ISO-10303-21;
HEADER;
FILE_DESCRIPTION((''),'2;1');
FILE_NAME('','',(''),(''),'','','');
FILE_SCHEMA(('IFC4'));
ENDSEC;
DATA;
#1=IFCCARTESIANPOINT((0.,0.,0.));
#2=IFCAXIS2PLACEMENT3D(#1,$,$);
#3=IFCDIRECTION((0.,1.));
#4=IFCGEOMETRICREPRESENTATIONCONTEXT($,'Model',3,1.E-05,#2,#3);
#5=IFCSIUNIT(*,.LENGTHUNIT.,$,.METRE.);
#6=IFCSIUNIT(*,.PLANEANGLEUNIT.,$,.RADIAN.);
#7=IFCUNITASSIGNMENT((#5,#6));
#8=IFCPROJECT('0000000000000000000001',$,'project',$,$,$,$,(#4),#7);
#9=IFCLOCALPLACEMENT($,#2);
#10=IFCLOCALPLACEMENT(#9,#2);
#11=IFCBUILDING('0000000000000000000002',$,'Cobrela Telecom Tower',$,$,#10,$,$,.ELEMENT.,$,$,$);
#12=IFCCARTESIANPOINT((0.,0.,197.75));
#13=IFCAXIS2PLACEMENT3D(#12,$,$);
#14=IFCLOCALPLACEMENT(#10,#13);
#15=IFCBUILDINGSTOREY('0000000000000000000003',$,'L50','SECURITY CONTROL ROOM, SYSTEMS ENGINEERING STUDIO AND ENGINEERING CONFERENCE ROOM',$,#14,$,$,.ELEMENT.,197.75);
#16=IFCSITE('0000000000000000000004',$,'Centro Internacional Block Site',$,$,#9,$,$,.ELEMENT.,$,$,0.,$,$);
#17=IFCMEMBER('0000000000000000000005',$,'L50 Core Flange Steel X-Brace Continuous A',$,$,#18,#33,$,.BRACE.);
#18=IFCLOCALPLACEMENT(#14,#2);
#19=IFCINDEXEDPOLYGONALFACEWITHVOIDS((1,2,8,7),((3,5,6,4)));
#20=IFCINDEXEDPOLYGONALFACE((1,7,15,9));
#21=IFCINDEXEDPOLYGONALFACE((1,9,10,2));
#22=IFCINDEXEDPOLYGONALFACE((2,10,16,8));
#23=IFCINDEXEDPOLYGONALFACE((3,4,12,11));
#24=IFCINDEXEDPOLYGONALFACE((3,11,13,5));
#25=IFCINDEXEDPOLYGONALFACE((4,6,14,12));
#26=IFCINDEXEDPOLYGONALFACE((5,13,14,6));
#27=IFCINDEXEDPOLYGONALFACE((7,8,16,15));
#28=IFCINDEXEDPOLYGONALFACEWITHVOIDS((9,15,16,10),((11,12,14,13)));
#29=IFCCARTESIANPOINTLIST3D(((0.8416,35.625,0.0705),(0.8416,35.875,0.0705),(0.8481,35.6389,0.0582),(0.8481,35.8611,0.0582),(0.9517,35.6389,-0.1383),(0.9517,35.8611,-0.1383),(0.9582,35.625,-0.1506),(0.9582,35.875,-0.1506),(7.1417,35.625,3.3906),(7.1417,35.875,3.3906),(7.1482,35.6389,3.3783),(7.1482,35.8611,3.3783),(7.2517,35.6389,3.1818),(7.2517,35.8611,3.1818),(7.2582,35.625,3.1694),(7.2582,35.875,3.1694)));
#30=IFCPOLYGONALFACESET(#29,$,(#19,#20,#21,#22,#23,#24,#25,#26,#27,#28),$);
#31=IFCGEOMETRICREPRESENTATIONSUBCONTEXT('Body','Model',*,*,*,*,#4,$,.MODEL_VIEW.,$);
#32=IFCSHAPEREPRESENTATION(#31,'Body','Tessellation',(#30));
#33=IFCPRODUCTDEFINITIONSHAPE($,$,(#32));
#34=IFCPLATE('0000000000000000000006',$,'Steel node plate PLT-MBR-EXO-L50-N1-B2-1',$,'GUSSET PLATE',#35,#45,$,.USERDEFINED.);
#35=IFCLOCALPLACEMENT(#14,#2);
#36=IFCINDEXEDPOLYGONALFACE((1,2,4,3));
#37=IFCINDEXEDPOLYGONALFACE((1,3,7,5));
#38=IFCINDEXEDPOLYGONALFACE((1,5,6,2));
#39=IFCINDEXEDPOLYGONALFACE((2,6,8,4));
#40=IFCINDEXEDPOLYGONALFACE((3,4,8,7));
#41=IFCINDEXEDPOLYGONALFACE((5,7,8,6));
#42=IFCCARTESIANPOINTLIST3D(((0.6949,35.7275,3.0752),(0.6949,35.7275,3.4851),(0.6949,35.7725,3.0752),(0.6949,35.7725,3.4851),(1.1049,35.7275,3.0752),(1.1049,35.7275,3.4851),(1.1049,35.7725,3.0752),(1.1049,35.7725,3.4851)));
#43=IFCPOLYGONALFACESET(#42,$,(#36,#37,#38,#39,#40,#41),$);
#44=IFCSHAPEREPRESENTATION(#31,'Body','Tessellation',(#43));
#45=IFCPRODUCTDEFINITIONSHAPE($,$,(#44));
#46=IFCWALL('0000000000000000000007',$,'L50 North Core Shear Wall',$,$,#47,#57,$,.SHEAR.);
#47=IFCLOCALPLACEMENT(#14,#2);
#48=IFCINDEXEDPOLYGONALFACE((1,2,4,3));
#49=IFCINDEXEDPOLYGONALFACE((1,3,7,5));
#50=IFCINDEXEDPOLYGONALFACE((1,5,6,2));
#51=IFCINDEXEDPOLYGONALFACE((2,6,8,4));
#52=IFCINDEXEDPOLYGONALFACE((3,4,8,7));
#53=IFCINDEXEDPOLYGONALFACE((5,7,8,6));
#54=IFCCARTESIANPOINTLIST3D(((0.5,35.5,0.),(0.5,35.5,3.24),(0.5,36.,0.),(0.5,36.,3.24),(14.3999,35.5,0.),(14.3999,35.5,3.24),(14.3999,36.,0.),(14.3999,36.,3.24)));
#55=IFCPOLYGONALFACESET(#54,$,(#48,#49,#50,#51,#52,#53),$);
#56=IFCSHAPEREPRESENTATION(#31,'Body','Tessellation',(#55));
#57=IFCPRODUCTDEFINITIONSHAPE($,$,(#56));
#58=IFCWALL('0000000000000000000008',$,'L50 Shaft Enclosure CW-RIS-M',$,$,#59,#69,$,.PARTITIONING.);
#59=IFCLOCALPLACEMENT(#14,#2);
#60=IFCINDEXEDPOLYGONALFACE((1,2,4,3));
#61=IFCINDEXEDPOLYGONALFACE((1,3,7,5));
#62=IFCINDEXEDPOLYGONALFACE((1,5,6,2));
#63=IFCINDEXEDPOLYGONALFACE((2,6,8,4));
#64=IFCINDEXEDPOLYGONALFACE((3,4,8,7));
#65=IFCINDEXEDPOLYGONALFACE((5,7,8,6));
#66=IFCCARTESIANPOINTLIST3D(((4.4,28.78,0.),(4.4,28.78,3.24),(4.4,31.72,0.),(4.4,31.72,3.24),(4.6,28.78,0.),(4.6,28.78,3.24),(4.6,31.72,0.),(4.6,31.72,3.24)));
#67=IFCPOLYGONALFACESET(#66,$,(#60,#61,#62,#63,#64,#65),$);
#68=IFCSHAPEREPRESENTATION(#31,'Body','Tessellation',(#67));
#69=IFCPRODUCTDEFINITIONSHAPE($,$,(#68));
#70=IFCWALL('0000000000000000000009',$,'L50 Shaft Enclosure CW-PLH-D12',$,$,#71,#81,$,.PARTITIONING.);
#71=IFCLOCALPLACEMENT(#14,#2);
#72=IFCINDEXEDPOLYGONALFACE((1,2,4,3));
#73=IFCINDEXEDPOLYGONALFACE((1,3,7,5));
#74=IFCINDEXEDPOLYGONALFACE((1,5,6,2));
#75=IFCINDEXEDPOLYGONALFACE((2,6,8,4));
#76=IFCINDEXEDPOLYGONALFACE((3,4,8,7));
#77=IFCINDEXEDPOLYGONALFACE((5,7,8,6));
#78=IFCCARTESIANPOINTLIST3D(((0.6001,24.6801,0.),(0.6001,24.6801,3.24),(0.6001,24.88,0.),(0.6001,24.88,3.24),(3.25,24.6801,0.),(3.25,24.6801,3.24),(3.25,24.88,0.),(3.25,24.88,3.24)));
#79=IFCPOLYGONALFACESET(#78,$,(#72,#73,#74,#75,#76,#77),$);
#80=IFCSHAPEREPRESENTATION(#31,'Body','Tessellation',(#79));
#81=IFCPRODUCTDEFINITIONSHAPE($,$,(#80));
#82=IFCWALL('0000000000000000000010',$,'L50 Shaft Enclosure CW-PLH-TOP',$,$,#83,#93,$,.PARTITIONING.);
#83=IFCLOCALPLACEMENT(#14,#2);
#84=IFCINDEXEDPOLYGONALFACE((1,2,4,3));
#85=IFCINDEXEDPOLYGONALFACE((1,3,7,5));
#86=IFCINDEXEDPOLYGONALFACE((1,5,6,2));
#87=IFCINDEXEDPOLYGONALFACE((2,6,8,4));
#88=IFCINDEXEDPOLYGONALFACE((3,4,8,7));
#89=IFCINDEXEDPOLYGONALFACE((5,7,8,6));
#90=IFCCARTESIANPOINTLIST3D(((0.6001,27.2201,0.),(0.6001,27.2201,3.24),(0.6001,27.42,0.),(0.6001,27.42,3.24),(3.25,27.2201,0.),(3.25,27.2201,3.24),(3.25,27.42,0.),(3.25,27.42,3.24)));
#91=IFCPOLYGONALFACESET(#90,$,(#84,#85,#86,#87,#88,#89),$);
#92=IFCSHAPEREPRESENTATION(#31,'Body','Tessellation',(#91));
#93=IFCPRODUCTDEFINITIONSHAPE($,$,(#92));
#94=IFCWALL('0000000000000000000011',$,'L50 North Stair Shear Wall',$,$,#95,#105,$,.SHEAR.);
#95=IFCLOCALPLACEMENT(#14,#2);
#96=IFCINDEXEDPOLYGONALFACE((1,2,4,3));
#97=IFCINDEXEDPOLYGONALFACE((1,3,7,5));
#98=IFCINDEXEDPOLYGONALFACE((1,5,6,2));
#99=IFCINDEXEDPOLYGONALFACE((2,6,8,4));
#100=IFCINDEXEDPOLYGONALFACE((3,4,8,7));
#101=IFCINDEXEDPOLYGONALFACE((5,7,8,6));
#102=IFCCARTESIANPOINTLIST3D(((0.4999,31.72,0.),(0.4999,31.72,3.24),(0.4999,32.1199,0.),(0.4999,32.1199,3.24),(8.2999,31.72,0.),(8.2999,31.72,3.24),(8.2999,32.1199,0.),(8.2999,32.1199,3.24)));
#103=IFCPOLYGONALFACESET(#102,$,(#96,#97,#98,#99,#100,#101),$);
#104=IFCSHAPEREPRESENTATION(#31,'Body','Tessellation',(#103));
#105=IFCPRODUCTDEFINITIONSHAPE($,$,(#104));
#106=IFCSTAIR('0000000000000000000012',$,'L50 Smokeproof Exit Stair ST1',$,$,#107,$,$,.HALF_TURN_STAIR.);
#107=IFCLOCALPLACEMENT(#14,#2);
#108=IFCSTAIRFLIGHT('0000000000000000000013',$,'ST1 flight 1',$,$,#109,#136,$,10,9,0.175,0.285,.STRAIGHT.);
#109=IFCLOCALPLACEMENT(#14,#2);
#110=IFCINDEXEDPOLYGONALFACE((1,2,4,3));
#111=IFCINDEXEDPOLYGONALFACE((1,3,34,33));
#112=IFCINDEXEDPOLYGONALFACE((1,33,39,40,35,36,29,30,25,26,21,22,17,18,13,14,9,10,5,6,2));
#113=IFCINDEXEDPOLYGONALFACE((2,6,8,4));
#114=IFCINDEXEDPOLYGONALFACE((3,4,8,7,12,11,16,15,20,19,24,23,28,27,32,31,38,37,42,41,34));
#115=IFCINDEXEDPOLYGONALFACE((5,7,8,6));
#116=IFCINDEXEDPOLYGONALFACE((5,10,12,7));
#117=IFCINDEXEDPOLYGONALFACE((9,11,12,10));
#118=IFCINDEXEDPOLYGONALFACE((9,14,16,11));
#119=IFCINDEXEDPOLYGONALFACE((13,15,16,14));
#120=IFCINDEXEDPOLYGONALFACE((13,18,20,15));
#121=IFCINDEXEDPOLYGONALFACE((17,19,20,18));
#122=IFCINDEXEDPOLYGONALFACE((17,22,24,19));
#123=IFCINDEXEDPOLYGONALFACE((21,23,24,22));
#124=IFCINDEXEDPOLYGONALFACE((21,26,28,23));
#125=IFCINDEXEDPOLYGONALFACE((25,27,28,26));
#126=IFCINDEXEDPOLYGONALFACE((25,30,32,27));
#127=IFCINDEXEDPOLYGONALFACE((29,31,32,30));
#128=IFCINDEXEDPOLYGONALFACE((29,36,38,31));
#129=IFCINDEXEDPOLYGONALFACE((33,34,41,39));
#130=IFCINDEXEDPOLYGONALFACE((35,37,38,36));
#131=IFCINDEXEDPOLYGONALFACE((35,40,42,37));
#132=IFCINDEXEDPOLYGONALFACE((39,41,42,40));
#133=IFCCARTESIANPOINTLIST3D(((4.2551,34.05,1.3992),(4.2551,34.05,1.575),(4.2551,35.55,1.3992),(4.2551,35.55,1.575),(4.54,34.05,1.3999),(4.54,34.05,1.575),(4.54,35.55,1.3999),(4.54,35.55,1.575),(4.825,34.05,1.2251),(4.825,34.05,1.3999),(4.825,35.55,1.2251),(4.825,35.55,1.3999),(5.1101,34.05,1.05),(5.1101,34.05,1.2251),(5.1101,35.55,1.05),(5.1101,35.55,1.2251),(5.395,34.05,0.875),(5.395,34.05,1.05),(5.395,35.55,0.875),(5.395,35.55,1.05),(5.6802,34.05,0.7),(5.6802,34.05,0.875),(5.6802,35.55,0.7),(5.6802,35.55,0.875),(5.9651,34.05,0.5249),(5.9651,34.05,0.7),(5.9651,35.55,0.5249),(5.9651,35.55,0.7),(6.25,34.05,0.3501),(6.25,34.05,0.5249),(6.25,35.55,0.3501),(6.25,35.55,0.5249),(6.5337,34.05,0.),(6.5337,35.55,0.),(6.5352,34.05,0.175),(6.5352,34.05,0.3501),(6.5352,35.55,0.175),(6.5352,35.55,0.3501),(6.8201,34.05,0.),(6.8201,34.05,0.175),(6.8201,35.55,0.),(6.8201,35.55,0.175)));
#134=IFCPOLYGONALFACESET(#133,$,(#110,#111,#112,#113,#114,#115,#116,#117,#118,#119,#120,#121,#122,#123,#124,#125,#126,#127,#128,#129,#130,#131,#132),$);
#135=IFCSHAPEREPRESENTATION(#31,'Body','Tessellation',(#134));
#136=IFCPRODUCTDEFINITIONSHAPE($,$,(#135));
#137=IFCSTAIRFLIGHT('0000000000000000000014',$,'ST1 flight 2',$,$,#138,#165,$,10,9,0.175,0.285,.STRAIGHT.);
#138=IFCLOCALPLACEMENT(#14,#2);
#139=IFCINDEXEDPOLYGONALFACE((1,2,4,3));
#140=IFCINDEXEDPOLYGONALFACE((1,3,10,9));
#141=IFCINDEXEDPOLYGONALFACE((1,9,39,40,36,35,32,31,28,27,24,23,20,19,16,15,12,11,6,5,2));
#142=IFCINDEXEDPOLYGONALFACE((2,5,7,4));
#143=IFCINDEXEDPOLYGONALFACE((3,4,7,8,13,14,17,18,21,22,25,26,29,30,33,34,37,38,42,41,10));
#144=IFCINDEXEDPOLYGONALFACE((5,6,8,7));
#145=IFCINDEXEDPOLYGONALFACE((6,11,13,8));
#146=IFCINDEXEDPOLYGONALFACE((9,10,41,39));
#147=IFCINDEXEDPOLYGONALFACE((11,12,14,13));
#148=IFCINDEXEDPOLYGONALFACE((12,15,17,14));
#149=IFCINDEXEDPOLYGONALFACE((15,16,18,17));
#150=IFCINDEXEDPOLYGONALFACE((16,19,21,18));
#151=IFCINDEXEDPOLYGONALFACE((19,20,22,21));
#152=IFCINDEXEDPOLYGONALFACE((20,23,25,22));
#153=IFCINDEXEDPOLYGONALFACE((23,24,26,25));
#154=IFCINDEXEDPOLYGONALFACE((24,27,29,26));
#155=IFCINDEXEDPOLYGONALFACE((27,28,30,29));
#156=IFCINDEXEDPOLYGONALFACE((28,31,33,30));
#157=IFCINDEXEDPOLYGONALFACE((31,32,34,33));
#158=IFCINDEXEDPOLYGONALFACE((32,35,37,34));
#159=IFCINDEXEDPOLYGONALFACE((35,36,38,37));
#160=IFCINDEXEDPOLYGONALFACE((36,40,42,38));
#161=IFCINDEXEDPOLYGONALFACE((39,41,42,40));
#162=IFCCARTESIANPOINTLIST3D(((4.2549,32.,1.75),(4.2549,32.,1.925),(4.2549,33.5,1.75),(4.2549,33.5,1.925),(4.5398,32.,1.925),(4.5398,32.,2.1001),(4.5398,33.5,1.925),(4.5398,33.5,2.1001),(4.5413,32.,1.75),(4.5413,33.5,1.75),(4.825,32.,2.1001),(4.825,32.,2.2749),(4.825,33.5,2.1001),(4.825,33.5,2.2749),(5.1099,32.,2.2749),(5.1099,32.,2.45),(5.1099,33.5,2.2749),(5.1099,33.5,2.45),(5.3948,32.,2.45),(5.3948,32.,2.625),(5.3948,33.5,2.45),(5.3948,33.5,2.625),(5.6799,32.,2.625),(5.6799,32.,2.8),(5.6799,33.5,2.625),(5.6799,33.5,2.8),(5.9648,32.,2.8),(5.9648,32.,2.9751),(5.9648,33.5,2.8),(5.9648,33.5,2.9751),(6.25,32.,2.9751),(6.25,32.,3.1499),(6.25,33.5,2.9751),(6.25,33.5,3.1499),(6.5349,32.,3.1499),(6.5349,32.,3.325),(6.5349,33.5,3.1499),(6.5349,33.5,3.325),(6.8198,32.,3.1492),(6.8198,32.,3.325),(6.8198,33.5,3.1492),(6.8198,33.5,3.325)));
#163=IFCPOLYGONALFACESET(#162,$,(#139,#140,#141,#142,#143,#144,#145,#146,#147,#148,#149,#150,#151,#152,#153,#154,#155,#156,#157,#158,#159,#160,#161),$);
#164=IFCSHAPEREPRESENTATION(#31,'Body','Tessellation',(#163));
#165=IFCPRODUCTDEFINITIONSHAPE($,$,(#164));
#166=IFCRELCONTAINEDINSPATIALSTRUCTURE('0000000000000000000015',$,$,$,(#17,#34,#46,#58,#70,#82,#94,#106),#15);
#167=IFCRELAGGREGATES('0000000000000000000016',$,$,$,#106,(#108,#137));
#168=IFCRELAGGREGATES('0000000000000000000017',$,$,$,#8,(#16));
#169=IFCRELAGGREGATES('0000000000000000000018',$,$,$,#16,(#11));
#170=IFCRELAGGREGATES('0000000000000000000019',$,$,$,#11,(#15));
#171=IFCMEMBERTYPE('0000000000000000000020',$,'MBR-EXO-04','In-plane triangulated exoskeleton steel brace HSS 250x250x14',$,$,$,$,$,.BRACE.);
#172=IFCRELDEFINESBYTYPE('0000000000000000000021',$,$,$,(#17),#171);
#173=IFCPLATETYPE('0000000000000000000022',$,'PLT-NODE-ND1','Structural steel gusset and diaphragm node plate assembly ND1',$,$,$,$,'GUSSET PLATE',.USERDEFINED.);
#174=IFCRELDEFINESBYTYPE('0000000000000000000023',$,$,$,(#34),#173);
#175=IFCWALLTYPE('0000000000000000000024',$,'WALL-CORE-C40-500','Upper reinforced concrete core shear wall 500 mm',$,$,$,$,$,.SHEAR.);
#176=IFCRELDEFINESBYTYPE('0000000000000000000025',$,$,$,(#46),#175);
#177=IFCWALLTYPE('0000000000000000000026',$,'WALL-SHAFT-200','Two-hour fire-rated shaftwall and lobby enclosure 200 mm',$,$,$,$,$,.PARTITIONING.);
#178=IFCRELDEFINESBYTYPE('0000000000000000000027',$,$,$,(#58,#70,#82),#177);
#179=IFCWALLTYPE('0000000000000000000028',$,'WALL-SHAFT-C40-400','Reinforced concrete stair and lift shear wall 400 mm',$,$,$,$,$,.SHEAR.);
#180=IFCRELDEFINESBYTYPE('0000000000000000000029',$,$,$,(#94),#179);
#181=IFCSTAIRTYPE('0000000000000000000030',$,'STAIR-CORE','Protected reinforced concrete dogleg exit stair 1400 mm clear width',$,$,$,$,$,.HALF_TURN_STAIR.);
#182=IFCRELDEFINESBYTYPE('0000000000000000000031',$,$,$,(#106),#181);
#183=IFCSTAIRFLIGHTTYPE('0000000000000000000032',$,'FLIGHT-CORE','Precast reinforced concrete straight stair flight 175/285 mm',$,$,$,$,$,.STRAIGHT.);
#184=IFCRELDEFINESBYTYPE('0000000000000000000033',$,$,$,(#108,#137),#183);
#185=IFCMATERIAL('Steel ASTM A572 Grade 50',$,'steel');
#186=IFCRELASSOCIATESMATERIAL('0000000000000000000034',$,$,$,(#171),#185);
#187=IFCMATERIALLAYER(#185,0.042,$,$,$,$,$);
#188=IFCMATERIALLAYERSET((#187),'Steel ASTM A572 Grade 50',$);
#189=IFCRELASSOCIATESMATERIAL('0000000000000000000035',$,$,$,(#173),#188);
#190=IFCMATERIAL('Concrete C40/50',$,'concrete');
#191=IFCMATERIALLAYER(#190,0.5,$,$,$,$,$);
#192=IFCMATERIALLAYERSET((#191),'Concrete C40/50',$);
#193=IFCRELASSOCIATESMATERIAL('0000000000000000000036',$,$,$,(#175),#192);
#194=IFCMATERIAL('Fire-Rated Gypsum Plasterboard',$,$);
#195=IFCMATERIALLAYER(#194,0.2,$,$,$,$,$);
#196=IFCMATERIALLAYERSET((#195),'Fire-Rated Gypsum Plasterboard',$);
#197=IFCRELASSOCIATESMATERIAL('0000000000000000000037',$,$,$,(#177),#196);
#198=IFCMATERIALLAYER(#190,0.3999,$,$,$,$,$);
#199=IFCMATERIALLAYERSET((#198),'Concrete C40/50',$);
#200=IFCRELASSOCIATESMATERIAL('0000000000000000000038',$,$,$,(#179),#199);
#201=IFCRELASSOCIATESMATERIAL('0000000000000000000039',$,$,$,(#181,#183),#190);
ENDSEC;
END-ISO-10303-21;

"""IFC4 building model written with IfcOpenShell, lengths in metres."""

from ifc_helpers import new_model, si_unit, direction, frame, frame_2d, origin, origin_2d, place, context, subcontext, project, spatial, polyline, rectangle, hollow_rectangle, outline, extrude, material, layer, layer_set, material_profile, profile_set, type_object, element, aggregate, save


model = new_model("IFC4")

# Units and contexts
model_context = context("Model", 3, precision=1e-05, world=origin(), true_north=direction((0.0, 1.0)))
body_context = subcontext(model_context, "Body", "Model", "MODEL_VIEW")
ifc_project = project(units=[si_unit("LENGTHUNIT", "METRE"), si_unit("PLANEANGLEUNIT", "RADIAN")], contexts=[model_context])

# Site, building, storey
site_placement = place(None, origin())
site = spatial("IfcSite", under=ifc_project, at=site_placement, Name="Centro Internacional Block Site", CompositionType="ELEMENT", RefElevation=0.0)
building_placement = place(site_placement, origin())
building = spatial("IfcBuilding", under=site, at=building_placement, Name="Cobrela Telecom Tower", CompositionType="ELEMENT")
storey_placement = place(building_placement, frame((0.0, 0.0, 197.75)))
storey = spatial("IfcBuildingStorey", under=building, at=storey_placement, Name="L50", Description="SECURITY CONTROL ROOM, SYSTEMS ENGINEERING STUDIO AND ENGINEERING CONFERENCE ROOM", CompositionType="ELEMENT", Elevation=197.75)

# Member
ifc_material_1 = material(Name="Steel ASTM A572 Grade 50", Category="steel")
ifc_material_profile = material_profile(ifc_material_1, hollow_rectangle(XDim=0.25, YDim=0.25, WallThickness=0.0139, at=origin_2d()), Name="HSS 250x250x14")
ifc_profile_set = profile_set([ifc_material_profile], Name="Steel ASTM A572 Grade 50")
member_type = type_object("IfcMemberType", Name="MBR-EXO-04", Description="In-plane triangulated exoskeleton steel brace HSS 250x250x14", PredefinedType="BRACE", material=ifc_profile_set)
member_placement = place(storey_placement, frame((0.8999, 35.75, -0.04), z_axis=(0.884672, 0.0, 0.466214), x_axis=(0.0, 1.0, 0.0)))
element("IfcMember", 1, at=member_placement, inside=storey, type_object=member_type, Name="L50 Core Flange Steel X-Brace Continuous A", PredefinedType="BRACE", context=body_context, shape_type="SweptSolid", body=[
    extrude(hollow_rectangle(XDim=0.25, YDim=0.25, WallThickness=0.0139, at=origin_2d()), origin(), (0.0, 0.0, 1.0), 7.1213),
])

# Plate
ifc_layer_1 = layer(ifc_material_1, 0.042)
ifc_layer_set_1 = layer_set([ifc_layer_1], Name="Steel ASTM A572 Grade 50")
plate_type = type_object("IfcPlateType", Name="PLT-NODE-ND1", Description="Structural steel gusset and diaphragm node plate assembly ND1", ElementType="GUSSET PLATE", PredefinedType="USERDEFINED", material=ifc_layer_set_1)
plate_placement = place(storey_placement, frame((0.8999, 35.75, 3.0752), z_axis=(0.0, 0.0, 1.0), x_axis=(-1.0, 0.0, 0.0)))
element("IfcPlate", 2, at=plate_placement, inside=storey, type_object=plate_type, Name="Steel node plate PLT-MBR-EXO-L50-N1-B2-1", ObjectType="GUSSET PLATE", PredefinedType="USERDEFINED", context=body_context, shape_type="SweptSolid", body=[
    extrude(rectangle(XDim=0.4099, YDim=0.0449, at=origin_2d()), origin(), (0.0, 0.0, 1.0), 0.4099),
])

# Wall
ifc_material_2 = material(Name="Concrete C40/50", Category="concrete")
ifc_layer_2 = layer(ifc_material_2, 0.5)
ifc_layer_set_2 = layer_set([ifc_layer_2], Name="Concrete C40/50")
wall_type_1 = type_object("IfcWallType", Name="WALL-CORE-C40-500", Description="Upper reinforced concrete core shear wall 500 mm", PredefinedType="SHEAR", material=ifc_layer_set_2)
wall_1_placement = place(storey_placement, frame((0.5, 35.75, 0.0), z_axis=(0.0, 0.0, 1.0), x_axis=(1.0, 0.0, 0.0)))
element("IfcWall", 3, at=wall_1_placement, inside=storey, type_object=wall_type_1, Name="L50 North Core Shear Wall", PredefinedType="SHEAR", context=body_context, shape_type="SweptSolid", body=[
    extrude(rectangle(XDim=13.8999, YDim=0.5, at=frame_2d((6.95, 0.0))), origin(), (0.0, 0.0, 1.0), 3.24),
])

# Shared definitions
ifc_material_3 = material(Name="Fire-Rated Gypsum Plasterboard")
ifc_layer_3 = layer(ifc_material_3, 0.2)
ifc_layer_set_3 = layer_set([ifc_layer_3], Name="Fire-Rated Gypsum Plasterboard")
wall_type_2 = type_object("IfcWallType", Name="WALL-SHAFT-200", Description="Two-hour fire-rated shaftwall and lobby enclosure 200 mm", PredefinedType="PARTITIONING", material=ifc_layer_set_3)

# Walls
wall_2_placement = place(storey_placement, frame((4.5, 28.78, 0.0), z_axis=(0.0, 0.0, 1.0), x_axis=(0.0, 1.0, 0.0)))
element("IfcWall", 4, at=wall_2_placement, inside=storey, type_object=wall_type_2, Name="L50 Shaft Enclosure CW-RIS-M", PredefinedType="PARTITIONING", context=body_context, shape_type="SweptSolid", body=[
    extrude(rectangle(XDim=2.9399, YDim=0.2, at=frame_2d((1.47, 0.0))), origin(), (0.0, 0.0, 1.0), 3.24),
])
for number, where, z_axis, x_axis, name in (
    (5, (0.6001, 24.78, 0.0), (0.0, 0.0, 1.0), (1.0, 0.0, 0.0), "L50 Shaft Enclosure CW-PLH-D12"),
    (6, (0.6001, 27.3201, 0.0), (0.0, 0.0, 1.0), (1.0, 0.0, 0.0), "L50 Shaft Enclosure CW-PLH-TOP"),
):
    element("IfcWall", number, at=place(storey_placement, frame(where, z_axis=z_axis, x_axis=x_axis)), inside=storey, type_object=wall_type_2, Name=name, PredefinedType="PARTITIONING", context=body_context, shape_type="SweptSolid", body=[
        extrude(rectangle(XDim=2.6499, YDim=0.2, at=frame_2d((1.325, 0.0))), origin(), (0.0, 0.0, 1.0), 3.24),
    ])
ifc_layer_4 = layer(ifc_material_2, 0.3999)
ifc_layer_set_4 = layer_set([ifc_layer_4], Name="Concrete C40/50")
wall_type_3 = type_object("IfcWallType", Name="WALL-SHAFT-C40-400", Description="Reinforced concrete stair and lift shear wall 400 mm", PredefinedType="SHEAR", material=ifc_layer_set_4)
wall_3_placement = place(storey_placement, frame((0.5, 31.9199, 0.0), z_axis=(0.0, 0.0, 1.0), x_axis=(1.0, 0.0, 0.0)))
element("IfcWall", 7, at=wall_3_placement, inside=storey, type_object=wall_type_3, Name="L50 North Stair Shear Wall", PredefinedType="SHEAR", context=body_context, shape_type="SweptSolid", body=[
    extrude(rectangle(XDim=7.8, YDim=0.3999, at=frame_2d((3.8999, 0.0))), origin(), (0.0, 0.0, 1.0), 3.24),
])

# Stair, stair flights
stair_type = type_object("IfcStairType", Name="STAIR-CORE", Description="Protected reinforced concrete dogleg exit stair 1400 mm clear width", PredefinedType="HALF_TURN_STAIR", material=ifc_material_2)
stair_placement = place(storey_placement, origin())
stair = element("IfcStair", 8, at=stair_placement, inside=storey, type_object=stair_type, Name="L50 Smokeproof Exit Stair ST1", PredefinedType="HALF_TURN_STAIR")
stair_flight_type = type_object("IfcStairFlightType", Name="FLIGHT-CORE", Description="Precast reinforced concrete straight stair flight 175/285 mm", PredefinedType="STRAIGHT", material=ifc_material_2)
stair_flight_1_placement = place(storey_placement, frame((6.8201, 34.8, 0.0), z_axis=(0.0, 0.0, 1.0), x_axis=(-1.0, 0.0, 0.0)))
stair_flight_1 = element("IfcStairFlight", 9, at=stair_flight_1_placement, type_object=stair_flight_type, Name="ST1 flight 1", NumberOfRisers=10, NumberOfTreads=9, PredefinedType="STRAIGHT", RiserHeight=0.175, TreadLength=0.285, context=body_context, shape_type="SweptSolid", body=[
    extrude(outline(polyline([(0.0, 0.0), (0.0, 0.175), (0.2849, 0.175), (0.2849, 0.3501), (0.5701, 0.3501), (0.5701, 0.5249), (0.855, 0.5249), (0.855, 0.7), (1.1399, 0.7), (1.1399, 0.875), (1.425, 0.875), (1.425, 1.05), (1.71, 1.05), (1.71, 1.2251), (1.9951, 1.2251), (1.9951, 1.3999), (2.28, 1.3999), (2.28, 1.575), (2.5649, 1.575), (2.5649, 1.75), (2.5649, 1.3992), (0.2864, 0.0), (0.0, 0.0)])), frame((0.0, 0.75, 0.0), z_axis=(0.0, -1.0, 0.0), x_axis=(1.0, 0.0, 0.0)), (0.0, 0.0, 1.0), 1.5),
])
stair_flight_2_placement = place(storey_placement, frame((4.2549, 32.75, 1.75), z_axis=(0.0, 0.0, 1.0), x_axis=(1.0, 0.0, 0.0)))
stair_flight_2 = element("IfcStairFlight", 10, at=stair_flight_2_placement, type_object=stair_flight_type, Name="ST1 flight 2", NumberOfRisers=10, NumberOfTreads=9, PredefinedType="STRAIGHT", RiserHeight=0.175, TreadLength=0.285, context=body_context, shape_type="SweptSolid", body=[
    extrude(outline(polyline([(0.0, 0.0), (0.0, 0.175), (0.2849, 0.175), (0.2849, 0.3501), (0.5701, 0.3501), (0.5701, 0.5249), (0.855, 0.5249), (0.855, 0.7), (1.1399, 0.7), (1.1399, 0.875), (1.425, 0.875), (1.425, 1.05), (1.71, 1.05), (1.71, 1.2251), (1.9951, 1.2251), (1.9951, 1.3999), (2.28, 1.3999), (2.28, 1.575), (2.5649, 1.575), (2.5649, 1.75), (2.5649, 1.3992), (0.2864, 0.0), (0.0, 0.0)])), frame((0.0, 0.75, 0.0), z_axis=(0.0, -1.0, 0.0), x_axis=(1.0, 0.0, 0.0)), (0.0, 0.0, 1.0), 1.5),
])
aggregate(stair, [stair_flight_1, stair_flight_2])

save(model, "model.ifc")
